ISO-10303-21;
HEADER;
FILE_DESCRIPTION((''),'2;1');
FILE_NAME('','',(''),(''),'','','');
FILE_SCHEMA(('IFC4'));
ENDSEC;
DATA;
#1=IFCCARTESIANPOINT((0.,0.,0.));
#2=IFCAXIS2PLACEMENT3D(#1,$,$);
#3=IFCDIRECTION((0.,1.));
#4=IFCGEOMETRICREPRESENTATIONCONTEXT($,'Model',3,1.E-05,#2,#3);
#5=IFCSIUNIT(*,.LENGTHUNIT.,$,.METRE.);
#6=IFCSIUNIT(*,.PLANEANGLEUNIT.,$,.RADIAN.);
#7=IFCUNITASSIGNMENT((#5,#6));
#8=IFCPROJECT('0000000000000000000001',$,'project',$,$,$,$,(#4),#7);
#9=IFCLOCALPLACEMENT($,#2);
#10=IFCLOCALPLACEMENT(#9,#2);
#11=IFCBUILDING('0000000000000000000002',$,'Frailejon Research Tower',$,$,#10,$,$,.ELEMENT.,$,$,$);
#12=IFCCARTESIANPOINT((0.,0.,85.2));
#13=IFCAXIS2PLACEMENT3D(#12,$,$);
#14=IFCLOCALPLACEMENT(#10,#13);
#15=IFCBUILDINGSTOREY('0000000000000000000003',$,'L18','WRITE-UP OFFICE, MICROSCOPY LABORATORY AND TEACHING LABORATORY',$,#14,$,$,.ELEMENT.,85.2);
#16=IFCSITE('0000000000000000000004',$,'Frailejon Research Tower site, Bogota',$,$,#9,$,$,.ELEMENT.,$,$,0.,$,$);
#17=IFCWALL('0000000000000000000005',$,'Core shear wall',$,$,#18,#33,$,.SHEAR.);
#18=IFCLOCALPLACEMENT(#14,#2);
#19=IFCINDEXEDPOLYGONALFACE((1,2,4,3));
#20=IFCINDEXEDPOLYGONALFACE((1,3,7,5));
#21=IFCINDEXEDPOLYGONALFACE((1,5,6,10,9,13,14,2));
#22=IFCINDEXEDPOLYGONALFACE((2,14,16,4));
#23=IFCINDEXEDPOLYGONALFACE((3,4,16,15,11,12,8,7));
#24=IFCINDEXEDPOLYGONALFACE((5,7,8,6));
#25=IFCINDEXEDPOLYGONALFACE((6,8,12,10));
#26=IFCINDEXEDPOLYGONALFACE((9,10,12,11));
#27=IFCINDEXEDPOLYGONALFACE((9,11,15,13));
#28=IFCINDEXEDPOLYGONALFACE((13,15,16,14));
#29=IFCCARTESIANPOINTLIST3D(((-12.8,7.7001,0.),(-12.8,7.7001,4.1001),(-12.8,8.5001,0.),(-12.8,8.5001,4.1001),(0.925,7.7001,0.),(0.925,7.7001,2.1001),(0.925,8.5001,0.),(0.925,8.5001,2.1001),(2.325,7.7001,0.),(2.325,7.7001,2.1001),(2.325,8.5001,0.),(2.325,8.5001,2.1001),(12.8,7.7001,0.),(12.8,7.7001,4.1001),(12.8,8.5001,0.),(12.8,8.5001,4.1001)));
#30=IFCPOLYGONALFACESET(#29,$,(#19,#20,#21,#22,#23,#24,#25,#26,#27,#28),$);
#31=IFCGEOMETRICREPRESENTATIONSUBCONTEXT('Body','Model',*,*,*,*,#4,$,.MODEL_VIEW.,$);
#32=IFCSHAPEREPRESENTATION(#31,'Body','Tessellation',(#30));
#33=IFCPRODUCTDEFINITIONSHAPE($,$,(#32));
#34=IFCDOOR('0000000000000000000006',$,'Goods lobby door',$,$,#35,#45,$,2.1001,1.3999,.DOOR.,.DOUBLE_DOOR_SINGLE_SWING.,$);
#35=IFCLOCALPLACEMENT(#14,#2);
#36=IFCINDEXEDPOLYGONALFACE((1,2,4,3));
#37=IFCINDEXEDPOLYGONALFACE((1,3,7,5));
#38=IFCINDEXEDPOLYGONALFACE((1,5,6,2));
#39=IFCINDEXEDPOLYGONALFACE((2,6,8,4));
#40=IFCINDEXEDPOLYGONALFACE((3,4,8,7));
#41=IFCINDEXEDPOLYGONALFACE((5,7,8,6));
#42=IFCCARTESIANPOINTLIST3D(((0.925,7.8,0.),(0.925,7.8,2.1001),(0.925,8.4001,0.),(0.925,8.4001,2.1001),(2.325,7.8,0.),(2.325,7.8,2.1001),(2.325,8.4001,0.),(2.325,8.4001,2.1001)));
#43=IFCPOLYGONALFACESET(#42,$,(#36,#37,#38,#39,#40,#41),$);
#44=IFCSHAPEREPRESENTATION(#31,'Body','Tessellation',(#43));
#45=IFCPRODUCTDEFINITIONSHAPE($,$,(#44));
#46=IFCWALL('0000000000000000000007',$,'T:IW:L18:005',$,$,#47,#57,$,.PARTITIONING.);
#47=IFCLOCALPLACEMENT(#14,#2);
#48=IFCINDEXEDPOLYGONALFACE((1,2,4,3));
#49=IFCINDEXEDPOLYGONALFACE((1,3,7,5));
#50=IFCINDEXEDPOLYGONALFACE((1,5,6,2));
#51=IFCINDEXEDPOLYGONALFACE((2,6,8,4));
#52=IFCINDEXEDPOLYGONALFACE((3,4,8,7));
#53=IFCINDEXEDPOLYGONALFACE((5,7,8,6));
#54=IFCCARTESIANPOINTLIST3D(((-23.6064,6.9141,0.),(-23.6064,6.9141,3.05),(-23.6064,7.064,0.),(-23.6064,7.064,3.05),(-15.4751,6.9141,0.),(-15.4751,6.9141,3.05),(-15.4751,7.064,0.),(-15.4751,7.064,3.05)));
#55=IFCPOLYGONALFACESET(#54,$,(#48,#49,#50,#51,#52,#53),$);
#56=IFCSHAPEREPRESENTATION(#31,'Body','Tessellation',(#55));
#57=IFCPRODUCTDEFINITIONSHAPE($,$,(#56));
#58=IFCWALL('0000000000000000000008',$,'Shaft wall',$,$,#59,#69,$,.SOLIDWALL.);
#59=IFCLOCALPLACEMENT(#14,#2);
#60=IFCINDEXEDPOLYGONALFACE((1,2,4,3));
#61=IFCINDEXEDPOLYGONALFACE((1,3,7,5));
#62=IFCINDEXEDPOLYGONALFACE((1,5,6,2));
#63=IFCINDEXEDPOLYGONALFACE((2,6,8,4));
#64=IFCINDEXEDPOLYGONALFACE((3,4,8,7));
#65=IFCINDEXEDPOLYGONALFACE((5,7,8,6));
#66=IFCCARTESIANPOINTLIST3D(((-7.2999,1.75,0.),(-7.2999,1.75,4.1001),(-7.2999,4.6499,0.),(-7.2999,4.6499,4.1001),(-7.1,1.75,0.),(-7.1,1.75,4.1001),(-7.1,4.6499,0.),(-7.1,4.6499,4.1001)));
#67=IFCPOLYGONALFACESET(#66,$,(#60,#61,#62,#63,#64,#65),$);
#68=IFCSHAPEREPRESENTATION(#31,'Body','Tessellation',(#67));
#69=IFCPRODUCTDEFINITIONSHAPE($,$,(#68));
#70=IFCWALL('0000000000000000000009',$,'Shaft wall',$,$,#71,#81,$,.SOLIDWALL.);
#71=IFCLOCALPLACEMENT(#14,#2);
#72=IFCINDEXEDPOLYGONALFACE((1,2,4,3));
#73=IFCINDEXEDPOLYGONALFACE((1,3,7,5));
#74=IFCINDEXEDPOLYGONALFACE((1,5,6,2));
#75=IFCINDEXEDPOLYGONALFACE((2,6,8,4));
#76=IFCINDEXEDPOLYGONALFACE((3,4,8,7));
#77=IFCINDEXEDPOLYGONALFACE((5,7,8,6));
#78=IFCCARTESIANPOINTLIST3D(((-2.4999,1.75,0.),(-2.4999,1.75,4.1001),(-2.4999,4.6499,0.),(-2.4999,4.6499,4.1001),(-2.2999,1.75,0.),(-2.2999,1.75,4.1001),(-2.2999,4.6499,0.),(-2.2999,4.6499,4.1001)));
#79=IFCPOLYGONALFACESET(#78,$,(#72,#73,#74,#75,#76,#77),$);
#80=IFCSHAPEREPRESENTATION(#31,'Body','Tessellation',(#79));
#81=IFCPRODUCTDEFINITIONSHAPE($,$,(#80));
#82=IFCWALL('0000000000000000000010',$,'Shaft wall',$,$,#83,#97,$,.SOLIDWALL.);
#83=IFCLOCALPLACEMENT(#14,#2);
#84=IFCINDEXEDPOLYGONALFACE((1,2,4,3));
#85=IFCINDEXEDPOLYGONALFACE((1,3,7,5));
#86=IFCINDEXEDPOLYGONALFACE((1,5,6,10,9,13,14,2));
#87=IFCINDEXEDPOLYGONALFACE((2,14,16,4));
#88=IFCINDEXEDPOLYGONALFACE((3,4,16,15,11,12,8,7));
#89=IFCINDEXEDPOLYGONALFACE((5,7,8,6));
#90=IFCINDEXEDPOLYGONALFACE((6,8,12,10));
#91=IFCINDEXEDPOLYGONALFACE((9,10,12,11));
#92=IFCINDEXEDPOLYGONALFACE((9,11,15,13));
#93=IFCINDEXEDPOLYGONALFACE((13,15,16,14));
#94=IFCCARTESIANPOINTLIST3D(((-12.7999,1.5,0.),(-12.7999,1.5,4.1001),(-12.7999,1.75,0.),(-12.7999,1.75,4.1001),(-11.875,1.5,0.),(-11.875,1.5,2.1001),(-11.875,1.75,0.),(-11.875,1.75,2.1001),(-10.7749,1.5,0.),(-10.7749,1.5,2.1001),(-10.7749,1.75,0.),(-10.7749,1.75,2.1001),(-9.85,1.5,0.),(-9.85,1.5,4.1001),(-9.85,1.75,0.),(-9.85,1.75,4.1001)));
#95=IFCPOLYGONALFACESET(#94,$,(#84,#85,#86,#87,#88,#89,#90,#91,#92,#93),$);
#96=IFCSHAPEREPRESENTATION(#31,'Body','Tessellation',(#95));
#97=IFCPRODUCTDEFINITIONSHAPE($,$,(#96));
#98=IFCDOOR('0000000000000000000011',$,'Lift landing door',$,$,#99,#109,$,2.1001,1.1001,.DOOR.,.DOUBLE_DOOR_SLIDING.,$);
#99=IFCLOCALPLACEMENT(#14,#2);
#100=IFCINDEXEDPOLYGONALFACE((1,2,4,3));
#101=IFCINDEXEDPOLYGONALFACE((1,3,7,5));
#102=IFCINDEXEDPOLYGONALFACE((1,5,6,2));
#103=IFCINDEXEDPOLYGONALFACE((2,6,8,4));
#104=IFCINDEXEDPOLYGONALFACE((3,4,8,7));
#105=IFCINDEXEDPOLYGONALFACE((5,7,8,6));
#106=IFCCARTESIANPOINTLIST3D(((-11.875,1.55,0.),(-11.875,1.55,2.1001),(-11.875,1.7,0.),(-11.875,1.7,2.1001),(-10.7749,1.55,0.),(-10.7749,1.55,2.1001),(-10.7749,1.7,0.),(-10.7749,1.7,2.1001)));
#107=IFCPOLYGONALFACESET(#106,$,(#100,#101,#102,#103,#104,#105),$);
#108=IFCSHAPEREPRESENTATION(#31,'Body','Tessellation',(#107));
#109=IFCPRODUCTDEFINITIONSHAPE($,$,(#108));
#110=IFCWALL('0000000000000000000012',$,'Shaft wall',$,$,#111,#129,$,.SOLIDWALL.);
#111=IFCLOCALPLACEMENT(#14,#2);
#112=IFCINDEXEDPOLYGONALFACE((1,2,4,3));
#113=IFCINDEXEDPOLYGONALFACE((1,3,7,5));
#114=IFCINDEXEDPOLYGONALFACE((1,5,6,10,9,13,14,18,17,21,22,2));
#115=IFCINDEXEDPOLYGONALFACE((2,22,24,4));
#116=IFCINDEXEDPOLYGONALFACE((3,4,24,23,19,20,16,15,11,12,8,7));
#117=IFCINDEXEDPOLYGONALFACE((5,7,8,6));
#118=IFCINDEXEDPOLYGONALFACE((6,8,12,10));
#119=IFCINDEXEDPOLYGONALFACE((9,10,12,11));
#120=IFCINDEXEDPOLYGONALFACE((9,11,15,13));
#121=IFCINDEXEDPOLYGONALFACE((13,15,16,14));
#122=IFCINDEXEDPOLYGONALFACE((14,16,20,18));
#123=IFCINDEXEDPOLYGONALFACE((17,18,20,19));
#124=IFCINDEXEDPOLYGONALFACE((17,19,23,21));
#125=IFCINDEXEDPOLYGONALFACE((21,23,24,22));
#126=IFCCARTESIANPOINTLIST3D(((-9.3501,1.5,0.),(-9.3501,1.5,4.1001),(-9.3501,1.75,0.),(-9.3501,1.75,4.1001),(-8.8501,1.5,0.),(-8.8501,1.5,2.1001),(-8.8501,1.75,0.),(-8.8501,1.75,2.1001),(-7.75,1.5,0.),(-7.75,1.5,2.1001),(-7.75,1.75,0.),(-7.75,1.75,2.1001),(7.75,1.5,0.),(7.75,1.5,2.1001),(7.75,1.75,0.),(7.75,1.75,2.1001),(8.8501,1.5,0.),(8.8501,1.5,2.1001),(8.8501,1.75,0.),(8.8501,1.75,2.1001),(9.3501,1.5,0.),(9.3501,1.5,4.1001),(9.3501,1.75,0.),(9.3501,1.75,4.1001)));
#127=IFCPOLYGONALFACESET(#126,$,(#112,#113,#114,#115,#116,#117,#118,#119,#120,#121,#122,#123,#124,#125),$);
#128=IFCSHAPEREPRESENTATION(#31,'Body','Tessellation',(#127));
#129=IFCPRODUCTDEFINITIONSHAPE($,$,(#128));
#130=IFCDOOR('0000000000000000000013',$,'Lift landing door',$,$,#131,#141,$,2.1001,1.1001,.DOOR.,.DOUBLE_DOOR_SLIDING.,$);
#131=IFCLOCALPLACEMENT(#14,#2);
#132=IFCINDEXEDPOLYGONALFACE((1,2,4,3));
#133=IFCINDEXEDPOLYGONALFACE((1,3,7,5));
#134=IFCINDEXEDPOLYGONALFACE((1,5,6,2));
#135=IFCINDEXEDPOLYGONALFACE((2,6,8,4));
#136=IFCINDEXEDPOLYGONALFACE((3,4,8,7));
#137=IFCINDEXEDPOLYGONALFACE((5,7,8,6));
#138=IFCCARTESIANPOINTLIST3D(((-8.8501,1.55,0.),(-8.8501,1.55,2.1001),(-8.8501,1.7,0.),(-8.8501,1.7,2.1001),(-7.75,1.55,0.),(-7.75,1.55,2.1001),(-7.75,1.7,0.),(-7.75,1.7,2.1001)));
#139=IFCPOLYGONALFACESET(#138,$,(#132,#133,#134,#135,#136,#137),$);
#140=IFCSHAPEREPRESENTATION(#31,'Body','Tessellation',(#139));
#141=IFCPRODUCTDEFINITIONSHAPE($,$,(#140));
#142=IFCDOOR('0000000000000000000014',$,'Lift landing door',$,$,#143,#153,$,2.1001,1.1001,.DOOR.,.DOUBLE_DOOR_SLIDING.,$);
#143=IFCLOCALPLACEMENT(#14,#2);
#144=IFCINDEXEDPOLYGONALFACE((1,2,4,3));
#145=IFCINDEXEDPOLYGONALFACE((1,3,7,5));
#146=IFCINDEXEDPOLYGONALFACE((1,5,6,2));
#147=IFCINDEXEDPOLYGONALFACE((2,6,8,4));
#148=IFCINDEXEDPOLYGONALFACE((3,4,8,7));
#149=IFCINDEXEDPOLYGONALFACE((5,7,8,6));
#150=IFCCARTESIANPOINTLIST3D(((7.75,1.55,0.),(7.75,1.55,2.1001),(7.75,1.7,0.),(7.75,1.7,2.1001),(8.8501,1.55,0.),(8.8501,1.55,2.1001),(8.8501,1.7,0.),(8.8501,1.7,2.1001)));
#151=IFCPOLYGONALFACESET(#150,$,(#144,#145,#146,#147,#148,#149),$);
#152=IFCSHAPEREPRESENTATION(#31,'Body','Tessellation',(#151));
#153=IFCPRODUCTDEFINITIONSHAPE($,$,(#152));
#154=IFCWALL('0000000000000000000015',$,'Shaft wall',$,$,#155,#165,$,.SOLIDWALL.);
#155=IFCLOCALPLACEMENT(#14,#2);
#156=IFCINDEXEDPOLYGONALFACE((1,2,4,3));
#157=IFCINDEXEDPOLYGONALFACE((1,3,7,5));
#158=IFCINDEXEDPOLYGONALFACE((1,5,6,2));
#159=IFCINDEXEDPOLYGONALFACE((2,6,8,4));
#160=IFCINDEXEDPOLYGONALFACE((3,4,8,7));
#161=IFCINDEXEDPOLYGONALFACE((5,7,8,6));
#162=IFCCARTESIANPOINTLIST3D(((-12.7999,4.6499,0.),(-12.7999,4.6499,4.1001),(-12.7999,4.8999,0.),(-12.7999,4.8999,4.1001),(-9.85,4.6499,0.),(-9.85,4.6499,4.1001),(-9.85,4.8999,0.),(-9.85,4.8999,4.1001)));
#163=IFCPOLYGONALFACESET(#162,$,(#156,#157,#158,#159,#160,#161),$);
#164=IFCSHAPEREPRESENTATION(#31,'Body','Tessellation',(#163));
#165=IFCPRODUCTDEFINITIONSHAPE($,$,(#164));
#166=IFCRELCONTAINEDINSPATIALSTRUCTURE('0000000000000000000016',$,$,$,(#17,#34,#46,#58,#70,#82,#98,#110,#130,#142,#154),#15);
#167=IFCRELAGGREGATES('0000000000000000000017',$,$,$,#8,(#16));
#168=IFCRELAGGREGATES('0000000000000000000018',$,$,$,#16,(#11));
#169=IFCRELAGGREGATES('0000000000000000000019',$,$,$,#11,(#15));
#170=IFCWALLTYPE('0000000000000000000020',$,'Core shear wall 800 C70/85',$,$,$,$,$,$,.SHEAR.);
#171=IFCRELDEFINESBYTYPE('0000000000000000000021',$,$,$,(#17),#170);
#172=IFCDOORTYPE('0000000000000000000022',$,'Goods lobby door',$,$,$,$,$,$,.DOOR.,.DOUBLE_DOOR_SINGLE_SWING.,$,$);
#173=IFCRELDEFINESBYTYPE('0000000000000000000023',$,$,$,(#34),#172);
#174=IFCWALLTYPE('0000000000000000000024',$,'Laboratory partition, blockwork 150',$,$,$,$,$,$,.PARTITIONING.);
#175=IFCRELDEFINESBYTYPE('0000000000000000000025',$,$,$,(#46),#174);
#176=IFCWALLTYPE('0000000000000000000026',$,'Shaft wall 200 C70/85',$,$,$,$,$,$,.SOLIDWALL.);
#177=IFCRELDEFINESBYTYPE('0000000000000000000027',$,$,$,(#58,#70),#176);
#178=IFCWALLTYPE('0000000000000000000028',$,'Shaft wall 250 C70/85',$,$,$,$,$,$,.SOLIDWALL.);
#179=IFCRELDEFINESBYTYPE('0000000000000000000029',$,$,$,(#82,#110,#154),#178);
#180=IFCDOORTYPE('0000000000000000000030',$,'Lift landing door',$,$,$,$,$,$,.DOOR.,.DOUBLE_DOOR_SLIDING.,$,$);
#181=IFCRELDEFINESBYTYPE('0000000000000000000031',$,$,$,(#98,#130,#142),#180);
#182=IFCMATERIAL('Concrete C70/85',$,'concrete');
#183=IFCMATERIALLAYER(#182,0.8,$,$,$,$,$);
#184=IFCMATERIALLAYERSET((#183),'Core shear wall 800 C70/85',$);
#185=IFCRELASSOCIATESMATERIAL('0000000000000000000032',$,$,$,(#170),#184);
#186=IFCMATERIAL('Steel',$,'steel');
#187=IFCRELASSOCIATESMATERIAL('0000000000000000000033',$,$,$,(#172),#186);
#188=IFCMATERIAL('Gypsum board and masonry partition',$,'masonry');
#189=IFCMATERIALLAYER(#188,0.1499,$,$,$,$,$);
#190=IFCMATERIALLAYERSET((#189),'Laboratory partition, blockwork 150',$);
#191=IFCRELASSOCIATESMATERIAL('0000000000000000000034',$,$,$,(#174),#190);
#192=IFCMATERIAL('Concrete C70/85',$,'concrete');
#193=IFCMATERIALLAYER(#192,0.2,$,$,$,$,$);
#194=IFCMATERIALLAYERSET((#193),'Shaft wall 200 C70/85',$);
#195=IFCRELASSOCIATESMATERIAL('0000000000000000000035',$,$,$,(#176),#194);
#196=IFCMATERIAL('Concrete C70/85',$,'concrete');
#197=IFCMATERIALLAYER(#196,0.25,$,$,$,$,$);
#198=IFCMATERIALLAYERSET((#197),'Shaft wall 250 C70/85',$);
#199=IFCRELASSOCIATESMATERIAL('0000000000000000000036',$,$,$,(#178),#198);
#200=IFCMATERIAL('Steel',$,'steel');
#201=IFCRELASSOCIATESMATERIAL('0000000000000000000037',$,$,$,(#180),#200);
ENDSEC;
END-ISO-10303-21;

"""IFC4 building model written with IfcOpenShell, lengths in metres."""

from ifc_helpers import new_model, si_unit, direction, frame, frame_2d, origin, place, context, subcontext, project, spatial, rectangle, extrude, material, layer, layer_set, type_object, element, fill, save


model = new_model("IFC4")

# Units and contexts
model_context = context("Model", 3, precision=1e-05, world=origin(), true_north=direction((0.0, 1.0)))
body_context = subcontext(model_context, "Body", "Model", "MODEL_VIEW")
ifc_project = project(units=[si_unit("LENGTHUNIT", "METRE"), si_unit("PLANEANGLEUNIT", "RADIAN")], contexts=[model_context])

# Site, building, storey
site_placement = place(None, origin())
site = spatial("IfcSite", under=ifc_project, at=site_placement, Name="Frailejon Research Tower site, Bogota", CompositionType="ELEMENT", RefElevation=0.0)
building_placement = place(site_placement, origin())
building = spatial("IfcBuilding", under=site, at=building_placement, Name="Frailejon Research Tower", CompositionType="ELEMENT")
storey_placement = place(building_placement, frame((0.0, 0.0, 85.2)))
storey = spatial("IfcBuildingStorey", under=building, at=storey_placement, Name="L18", Description="WRITE-UP OFFICE, MICROSCOPY LABORATORY AND TEACHING LABORATORY", CompositionType="ELEMENT", Elevation=85.2)

# Shared definitions
ifc_material_1 = material(Name="Concrete C70/85", Category="concrete")
ifc_layer_1 = layer(ifc_material_1, 0.8)
ifc_layer_set_1 = layer_set([ifc_layer_1], Name="Core shear wall 800 C70/85")
wall_type_1 = type_object("IfcWallType", Name="Core shear wall 800 C70/85", PredefinedType="SHEAR", material=ifc_layer_set_1)
ifc_material_2 = material(Name="Steel", Category="steel")
door_type_1 = type_object("IfcDoorType", Name="Goods lobby door", OperationType="DOUBLE_DOOR_SINGLE_SWING", PredefinedType="DOOR", material=ifc_material_2)

# Wall, opening, door
wall_1_placement = place(storey_placement, frame((-12.8, 8.1001, 0.0), z_axis=(0.0, 0.0, 1.0), x_axis=(1.0, 0.0, 0.0)))
wall_1 = element("IfcWall", 1, at=wall_1_placement, inside=storey, type_object=wall_type_1, Name="Core shear wall", PredefinedType="SHEAR", context=body_context, shape_type="SweptSolid", body=[
    extrude(rectangle(XDim=25.6001, YDim=0.8, at=frame_2d((12.8, 0.0))), origin(), (0.0, 0.0, 1.0), 4.1001),
])
opening_1_placement = place(wall_1_placement, frame((13.7251, 0.0, 0.0)))
opening_1 = element("IfcOpeningElement", 2, at=opening_1_placement, cuts=wall_1, PredefinedType="OPENING", context=body_context, shape_type="SweptSolid", body=[
    extrude(rectangle(XDim=1.3999, YDim=2.1001, at=frame_2d((0.7, 1.05))), frame((0.0, 0.4099, 0.0), z_axis=(0.0, -1.0, 0.0), x_axis=(1.0, 0.0, 0.0)), (0.0, 0.0, 1.0), 0.8201),
])
door_1_placement = place(opening_1_placement, origin())
door_1 = element("IfcDoor", 3, at=door_1_placement, inside=storey, type_object=door_type_1, Name="Goods lobby door", OperationType="DOUBLE_DOOR_SINGLE_SWING", OverallHeight=2.1001, OverallWidth=1.3999, PredefinedType="DOOR", context=body_context, shape_type="SweptSolid", body=[
    extrude(rectangle(XDim=1.3999, YDim=2.1001, at=frame_2d((0.7, 1.05))), frame((0.0, 0.3, 0.0), z_axis=(0.0, -1.0, 0.0), x_axis=(1.0, 0.0, 0.0)), (0.0, 0.0, 1.0), 0.6001),
])
fill(opening_1, door_1)

# Walls
ifc_material_3 = material(Name="Gypsum board and masonry partition", Category="masonry")
ifc_layer_2 = layer(ifc_material_3, 0.1499)
ifc_layer_set_2 = layer_set([ifc_layer_2], Name="Laboratory partition, blockwork 150")
wall_type_2 = type_object("IfcWallType", Name="Laboratory partition, blockwork 150", PredefinedType="PARTITIONING", material=ifc_layer_set_2)
wall_2_placement = place(storey_placement, frame((-23.6064, 6.989, 0.0), z_axis=(0.0, 0.0, 1.0), x_axis=(1.0, 0.0, 0.0)))
element("IfcWall", 4, at=wall_2_placement, inside=storey, type_object=wall_type_2, Name="T:IW:L18:005", PredefinedType="PARTITIONING", context=body_context, shape_type="SweptSolid", body=[
    extrude(rectangle(XDim=8.1313, YDim=0.1499, at=frame_2d((4.0657, 0.0))), origin(), (0.0, 0.0, 1.0), 3.05),
])
ifc_material_4 = material(Name="Concrete C70/85", Category="concrete")
ifc_layer_3 = layer(ifc_material_4, 0.2)
ifc_layer_set_3 = layer_set([ifc_layer_3], Name="Shaft wall 200 C70/85")
wall_type_3 = type_object("IfcWallType", Name="Shaft wall 200 C70/85", PredefinedType="SOLIDWALL", material=ifc_layer_set_3)
for number, where, z_axis, x_axis, name in (
    (5, (-7.2, 1.75, 0.0), (0.0, 0.0, 1.0), (0.0, 1.0, 0.0), "Shaft wall"),
    (6, (-2.3999, 1.75, 0.0), (0.0, 0.0, 1.0), (0.0, 1.0, 0.0), "Shaft wall"),
):
    element("IfcWall", number, at=place(storey_placement, frame(where, z_axis=z_axis, x_axis=x_axis)), inside=storey, type_object=wall_type_3, Name=name, PredefinedType="SOLIDWALL", context=body_context, shape_type="SweptSolid", body=[
        extrude(rectangle(XDim=2.8999, YDim=0.2, at=frame_2d((1.45, 0.0))), origin(), (0.0, 0.0, 1.0), 4.1001),
    ])

# Wall, opening, door
ifc_material_5 = material(Name="Concrete C70/85", Category="concrete")
ifc_layer_4 = layer(ifc_material_5, 0.25)
ifc_layer_set_4 = layer_set([ifc_layer_4], Name="Shaft wall 250 C70/85")
wall_type_4 = type_object("IfcWallType", Name="Shaft wall 250 C70/85", PredefinedType="SOLIDWALL", material=ifc_layer_set_4)
wall_3_placement = place(storey_placement, frame((-12.8, 1.625, 0.0), z_axis=(0.0, 0.0, 1.0), x_axis=(1.0, 0.0, 0.0)))
wall_3 = element("IfcWall", 7, at=wall_3_placement, inside=storey, type_object=wall_type_4, Name="Shaft wall", PredefinedType="SOLIDWALL", context=body_context, shape_type="SweptSolid", body=[
    extrude(rectangle(XDim=2.95, YDim=0.25, at=frame_2d((1.4751, 0.0))), origin(), (0.0, 0.0, 1.0), 4.1001),
])
opening_2_placement = place(wall_3_placement, frame((0.925, 0.0, 0.0)))
opening_2 = element("IfcOpeningElement", 8, at=opening_2_placement, cuts=wall_3, PredefinedType="OPENING", context=body_context, shape_type="SweptSolid", body=[
    extrude(rectangle(XDim=1.1001, YDim=2.1001, at=frame_2d((0.55, 1.05))), frame((0.0, 0.135, 0.0), z_axis=(0.0, -1.0, 0.0), x_axis=(1.0, 0.0, 0.0)), (0.0, 0.0, 1.0), 0.27),
])
ifc_material_6 = material(Name="Steel", Category="steel")
door_type_2 = type_object("IfcDoorType", Name="Lift landing door", OperationType="DOUBLE_DOOR_SLIDING", PredefinedType="DOOR", material=ifc_material_6)
door_2_placement = place(opening_2_placement, origin())
door_2 = element("IfcDoor", 9, at=door_2_placement, inside=storey, type_object=door_type_2, Name="Lift landing door", OperationType="DOUBLE_DOOR_SLIDING", OverallHeight=2.1001, OverallWidth=1.1001, PredefinedType="DOOR", context=body_context, shape_type="SweptSolid", body=[
    extrude(rectangle(XDim=1.1001, YDim=2.1001, at=frame_2d((0.55, 1.05))), frame((0.0, 0.075, 0.0), z_axis=(0.0, -1.0, 0.0), x_axis=(1.0, 0.0, 0.0)), (0.0, 0.0, 1.0), 0.1499),
])
fill(opening_2, door_2)

# Wall, openings, doors
wall_4_placement = place(storey_placement, frame((-9.3501, 1.625, 0.0), z_axis=(0.0, 0.0, 1.0), x_axis=(1.0, 0.0, 0.0)))
wall_4 = element("IfcWall", 10, at=wall_4_placement, inside=storey, type_object=wall_type_4, Name="Shaft wall", PredefinedType="SOLIDWALL", context=body_context, shape_type="SweptSolid", body=[
    extrude(rectangle(XDim=18.7002, YDim=0.25, at=frame_2d((9.3501, 0.0))), origin(), (0.0, 0.0, 1.0), 4.1001),
])
opening_3_placement = place(wall_4_placement, frame((0.5, 0.0, 0.0)))
opening_3 = element("IfcOpeningElement", 11, at=opening_3_placement, cuts=wall_4, PredefinedType="OPENING", context=body_context, shape_type="SweptSolid", body=[
    extrude(rectangle(XDim=1.1001, YDim=2.1001, at=frame_2d((0.55, 1.05))), frame((0.0, 0.135, 0.0), z_axis=(0.0, -1.0, 0.0), x_axis=(1.0, 0.0, 0.0)), (0.0, 0.0, 1.0), 0.27),
])
opening_4_placement = place(wall_4_placement, frame((17.1001, 0.0, 0.0)))
opening_4 = element("IfcOpeningElement", 12, at=opening_4_placement, cuts=wall_4, PredefinedType="OPENING", context=body_context, shape_type="SweptSolid", body=[
    extrude(rectangle(XDim=1.1001, YDim=2.1001, at=frame_2d((0.55, 1.05))), frame((0.0, 0.135, 0.0), z_axis=(0.0, -1.0, 0.0), x_axis=(1.0, 0.0, 0.0)), (0.0, 0.0, 1.0), 0.27),
])
door_3_placement = place(opening_3_placement, origin())
door_3 = element("IfcDoor", 13, at=door_3_placement, inside=storey, type_object=door_type_2, Name="Lift landing door", OperationType="DOUBLE_DOOR_SLIDING", OverallHeight=2.1001, OverallWidth=1.1001, PredefinedType="DOOR", context=body_context, shape_type="SweptSolid", body=[
    extrude(rectangle(XDim=1.1001, YDim=2.1001, at=frame_2d((0.55, 1.05))), frame((0.0, 0.075, 0.0), z_axis=(0.0, -1.0, 0.0), x_axis=(1.0, 0.0, 0.0)), (0.0, 0.0, 1.0), 0.1499),
])
fill(opening_3, door_3)
door_4_placement = place(opening_4_placement, origin())
door_4 = element("IfcDoor", 14, at=door_4_placement, inside=storey, type_object=door_type_2, Name="Lift landing door", OperationType="DOUBLE_DOOR_SLIDING", OverallHeight=2.1001, OverallWidth=1.1001, PredefinedType="DOOR", context=body_context, shape_type="SweptSolid", body=[
    extrude(rectangle(XDim=1.1001, YDim=2.1001, at=frame_2d((0.55, 1.05))), frame((0.0, 0.075, 0.0), z_axis=(0.0, -1.0, 0.0), x_axis=(1.0, 0.0, 0.0)), (0.0, 0.0, 1.0), 0.1499),
])
fill(opening_4, door_4)

# Wall
wall_5_placement = place(storey_placement, frame((-12.8, 4.7749, 0.0), z_axis=(0.0, 0.0, 1.0), x_axis=(1.0, 0.0, 0.0)))
element("IfcWall", 15, at=wall_5_placement, inside=storey, type_object=wall_type_4, Name="Shaft wall", PredefinedType="SOLIDWALL", context=body_context, shape_type="SweptSolid", body=[
    extrude(rectangle(XDim=2.95, YDim=0.25, at=frame_2d((1.4751, 0.0))), origin(), (0.0, 0.0, 1.0), 4.1001),
])

save(model, "model.ifc")
